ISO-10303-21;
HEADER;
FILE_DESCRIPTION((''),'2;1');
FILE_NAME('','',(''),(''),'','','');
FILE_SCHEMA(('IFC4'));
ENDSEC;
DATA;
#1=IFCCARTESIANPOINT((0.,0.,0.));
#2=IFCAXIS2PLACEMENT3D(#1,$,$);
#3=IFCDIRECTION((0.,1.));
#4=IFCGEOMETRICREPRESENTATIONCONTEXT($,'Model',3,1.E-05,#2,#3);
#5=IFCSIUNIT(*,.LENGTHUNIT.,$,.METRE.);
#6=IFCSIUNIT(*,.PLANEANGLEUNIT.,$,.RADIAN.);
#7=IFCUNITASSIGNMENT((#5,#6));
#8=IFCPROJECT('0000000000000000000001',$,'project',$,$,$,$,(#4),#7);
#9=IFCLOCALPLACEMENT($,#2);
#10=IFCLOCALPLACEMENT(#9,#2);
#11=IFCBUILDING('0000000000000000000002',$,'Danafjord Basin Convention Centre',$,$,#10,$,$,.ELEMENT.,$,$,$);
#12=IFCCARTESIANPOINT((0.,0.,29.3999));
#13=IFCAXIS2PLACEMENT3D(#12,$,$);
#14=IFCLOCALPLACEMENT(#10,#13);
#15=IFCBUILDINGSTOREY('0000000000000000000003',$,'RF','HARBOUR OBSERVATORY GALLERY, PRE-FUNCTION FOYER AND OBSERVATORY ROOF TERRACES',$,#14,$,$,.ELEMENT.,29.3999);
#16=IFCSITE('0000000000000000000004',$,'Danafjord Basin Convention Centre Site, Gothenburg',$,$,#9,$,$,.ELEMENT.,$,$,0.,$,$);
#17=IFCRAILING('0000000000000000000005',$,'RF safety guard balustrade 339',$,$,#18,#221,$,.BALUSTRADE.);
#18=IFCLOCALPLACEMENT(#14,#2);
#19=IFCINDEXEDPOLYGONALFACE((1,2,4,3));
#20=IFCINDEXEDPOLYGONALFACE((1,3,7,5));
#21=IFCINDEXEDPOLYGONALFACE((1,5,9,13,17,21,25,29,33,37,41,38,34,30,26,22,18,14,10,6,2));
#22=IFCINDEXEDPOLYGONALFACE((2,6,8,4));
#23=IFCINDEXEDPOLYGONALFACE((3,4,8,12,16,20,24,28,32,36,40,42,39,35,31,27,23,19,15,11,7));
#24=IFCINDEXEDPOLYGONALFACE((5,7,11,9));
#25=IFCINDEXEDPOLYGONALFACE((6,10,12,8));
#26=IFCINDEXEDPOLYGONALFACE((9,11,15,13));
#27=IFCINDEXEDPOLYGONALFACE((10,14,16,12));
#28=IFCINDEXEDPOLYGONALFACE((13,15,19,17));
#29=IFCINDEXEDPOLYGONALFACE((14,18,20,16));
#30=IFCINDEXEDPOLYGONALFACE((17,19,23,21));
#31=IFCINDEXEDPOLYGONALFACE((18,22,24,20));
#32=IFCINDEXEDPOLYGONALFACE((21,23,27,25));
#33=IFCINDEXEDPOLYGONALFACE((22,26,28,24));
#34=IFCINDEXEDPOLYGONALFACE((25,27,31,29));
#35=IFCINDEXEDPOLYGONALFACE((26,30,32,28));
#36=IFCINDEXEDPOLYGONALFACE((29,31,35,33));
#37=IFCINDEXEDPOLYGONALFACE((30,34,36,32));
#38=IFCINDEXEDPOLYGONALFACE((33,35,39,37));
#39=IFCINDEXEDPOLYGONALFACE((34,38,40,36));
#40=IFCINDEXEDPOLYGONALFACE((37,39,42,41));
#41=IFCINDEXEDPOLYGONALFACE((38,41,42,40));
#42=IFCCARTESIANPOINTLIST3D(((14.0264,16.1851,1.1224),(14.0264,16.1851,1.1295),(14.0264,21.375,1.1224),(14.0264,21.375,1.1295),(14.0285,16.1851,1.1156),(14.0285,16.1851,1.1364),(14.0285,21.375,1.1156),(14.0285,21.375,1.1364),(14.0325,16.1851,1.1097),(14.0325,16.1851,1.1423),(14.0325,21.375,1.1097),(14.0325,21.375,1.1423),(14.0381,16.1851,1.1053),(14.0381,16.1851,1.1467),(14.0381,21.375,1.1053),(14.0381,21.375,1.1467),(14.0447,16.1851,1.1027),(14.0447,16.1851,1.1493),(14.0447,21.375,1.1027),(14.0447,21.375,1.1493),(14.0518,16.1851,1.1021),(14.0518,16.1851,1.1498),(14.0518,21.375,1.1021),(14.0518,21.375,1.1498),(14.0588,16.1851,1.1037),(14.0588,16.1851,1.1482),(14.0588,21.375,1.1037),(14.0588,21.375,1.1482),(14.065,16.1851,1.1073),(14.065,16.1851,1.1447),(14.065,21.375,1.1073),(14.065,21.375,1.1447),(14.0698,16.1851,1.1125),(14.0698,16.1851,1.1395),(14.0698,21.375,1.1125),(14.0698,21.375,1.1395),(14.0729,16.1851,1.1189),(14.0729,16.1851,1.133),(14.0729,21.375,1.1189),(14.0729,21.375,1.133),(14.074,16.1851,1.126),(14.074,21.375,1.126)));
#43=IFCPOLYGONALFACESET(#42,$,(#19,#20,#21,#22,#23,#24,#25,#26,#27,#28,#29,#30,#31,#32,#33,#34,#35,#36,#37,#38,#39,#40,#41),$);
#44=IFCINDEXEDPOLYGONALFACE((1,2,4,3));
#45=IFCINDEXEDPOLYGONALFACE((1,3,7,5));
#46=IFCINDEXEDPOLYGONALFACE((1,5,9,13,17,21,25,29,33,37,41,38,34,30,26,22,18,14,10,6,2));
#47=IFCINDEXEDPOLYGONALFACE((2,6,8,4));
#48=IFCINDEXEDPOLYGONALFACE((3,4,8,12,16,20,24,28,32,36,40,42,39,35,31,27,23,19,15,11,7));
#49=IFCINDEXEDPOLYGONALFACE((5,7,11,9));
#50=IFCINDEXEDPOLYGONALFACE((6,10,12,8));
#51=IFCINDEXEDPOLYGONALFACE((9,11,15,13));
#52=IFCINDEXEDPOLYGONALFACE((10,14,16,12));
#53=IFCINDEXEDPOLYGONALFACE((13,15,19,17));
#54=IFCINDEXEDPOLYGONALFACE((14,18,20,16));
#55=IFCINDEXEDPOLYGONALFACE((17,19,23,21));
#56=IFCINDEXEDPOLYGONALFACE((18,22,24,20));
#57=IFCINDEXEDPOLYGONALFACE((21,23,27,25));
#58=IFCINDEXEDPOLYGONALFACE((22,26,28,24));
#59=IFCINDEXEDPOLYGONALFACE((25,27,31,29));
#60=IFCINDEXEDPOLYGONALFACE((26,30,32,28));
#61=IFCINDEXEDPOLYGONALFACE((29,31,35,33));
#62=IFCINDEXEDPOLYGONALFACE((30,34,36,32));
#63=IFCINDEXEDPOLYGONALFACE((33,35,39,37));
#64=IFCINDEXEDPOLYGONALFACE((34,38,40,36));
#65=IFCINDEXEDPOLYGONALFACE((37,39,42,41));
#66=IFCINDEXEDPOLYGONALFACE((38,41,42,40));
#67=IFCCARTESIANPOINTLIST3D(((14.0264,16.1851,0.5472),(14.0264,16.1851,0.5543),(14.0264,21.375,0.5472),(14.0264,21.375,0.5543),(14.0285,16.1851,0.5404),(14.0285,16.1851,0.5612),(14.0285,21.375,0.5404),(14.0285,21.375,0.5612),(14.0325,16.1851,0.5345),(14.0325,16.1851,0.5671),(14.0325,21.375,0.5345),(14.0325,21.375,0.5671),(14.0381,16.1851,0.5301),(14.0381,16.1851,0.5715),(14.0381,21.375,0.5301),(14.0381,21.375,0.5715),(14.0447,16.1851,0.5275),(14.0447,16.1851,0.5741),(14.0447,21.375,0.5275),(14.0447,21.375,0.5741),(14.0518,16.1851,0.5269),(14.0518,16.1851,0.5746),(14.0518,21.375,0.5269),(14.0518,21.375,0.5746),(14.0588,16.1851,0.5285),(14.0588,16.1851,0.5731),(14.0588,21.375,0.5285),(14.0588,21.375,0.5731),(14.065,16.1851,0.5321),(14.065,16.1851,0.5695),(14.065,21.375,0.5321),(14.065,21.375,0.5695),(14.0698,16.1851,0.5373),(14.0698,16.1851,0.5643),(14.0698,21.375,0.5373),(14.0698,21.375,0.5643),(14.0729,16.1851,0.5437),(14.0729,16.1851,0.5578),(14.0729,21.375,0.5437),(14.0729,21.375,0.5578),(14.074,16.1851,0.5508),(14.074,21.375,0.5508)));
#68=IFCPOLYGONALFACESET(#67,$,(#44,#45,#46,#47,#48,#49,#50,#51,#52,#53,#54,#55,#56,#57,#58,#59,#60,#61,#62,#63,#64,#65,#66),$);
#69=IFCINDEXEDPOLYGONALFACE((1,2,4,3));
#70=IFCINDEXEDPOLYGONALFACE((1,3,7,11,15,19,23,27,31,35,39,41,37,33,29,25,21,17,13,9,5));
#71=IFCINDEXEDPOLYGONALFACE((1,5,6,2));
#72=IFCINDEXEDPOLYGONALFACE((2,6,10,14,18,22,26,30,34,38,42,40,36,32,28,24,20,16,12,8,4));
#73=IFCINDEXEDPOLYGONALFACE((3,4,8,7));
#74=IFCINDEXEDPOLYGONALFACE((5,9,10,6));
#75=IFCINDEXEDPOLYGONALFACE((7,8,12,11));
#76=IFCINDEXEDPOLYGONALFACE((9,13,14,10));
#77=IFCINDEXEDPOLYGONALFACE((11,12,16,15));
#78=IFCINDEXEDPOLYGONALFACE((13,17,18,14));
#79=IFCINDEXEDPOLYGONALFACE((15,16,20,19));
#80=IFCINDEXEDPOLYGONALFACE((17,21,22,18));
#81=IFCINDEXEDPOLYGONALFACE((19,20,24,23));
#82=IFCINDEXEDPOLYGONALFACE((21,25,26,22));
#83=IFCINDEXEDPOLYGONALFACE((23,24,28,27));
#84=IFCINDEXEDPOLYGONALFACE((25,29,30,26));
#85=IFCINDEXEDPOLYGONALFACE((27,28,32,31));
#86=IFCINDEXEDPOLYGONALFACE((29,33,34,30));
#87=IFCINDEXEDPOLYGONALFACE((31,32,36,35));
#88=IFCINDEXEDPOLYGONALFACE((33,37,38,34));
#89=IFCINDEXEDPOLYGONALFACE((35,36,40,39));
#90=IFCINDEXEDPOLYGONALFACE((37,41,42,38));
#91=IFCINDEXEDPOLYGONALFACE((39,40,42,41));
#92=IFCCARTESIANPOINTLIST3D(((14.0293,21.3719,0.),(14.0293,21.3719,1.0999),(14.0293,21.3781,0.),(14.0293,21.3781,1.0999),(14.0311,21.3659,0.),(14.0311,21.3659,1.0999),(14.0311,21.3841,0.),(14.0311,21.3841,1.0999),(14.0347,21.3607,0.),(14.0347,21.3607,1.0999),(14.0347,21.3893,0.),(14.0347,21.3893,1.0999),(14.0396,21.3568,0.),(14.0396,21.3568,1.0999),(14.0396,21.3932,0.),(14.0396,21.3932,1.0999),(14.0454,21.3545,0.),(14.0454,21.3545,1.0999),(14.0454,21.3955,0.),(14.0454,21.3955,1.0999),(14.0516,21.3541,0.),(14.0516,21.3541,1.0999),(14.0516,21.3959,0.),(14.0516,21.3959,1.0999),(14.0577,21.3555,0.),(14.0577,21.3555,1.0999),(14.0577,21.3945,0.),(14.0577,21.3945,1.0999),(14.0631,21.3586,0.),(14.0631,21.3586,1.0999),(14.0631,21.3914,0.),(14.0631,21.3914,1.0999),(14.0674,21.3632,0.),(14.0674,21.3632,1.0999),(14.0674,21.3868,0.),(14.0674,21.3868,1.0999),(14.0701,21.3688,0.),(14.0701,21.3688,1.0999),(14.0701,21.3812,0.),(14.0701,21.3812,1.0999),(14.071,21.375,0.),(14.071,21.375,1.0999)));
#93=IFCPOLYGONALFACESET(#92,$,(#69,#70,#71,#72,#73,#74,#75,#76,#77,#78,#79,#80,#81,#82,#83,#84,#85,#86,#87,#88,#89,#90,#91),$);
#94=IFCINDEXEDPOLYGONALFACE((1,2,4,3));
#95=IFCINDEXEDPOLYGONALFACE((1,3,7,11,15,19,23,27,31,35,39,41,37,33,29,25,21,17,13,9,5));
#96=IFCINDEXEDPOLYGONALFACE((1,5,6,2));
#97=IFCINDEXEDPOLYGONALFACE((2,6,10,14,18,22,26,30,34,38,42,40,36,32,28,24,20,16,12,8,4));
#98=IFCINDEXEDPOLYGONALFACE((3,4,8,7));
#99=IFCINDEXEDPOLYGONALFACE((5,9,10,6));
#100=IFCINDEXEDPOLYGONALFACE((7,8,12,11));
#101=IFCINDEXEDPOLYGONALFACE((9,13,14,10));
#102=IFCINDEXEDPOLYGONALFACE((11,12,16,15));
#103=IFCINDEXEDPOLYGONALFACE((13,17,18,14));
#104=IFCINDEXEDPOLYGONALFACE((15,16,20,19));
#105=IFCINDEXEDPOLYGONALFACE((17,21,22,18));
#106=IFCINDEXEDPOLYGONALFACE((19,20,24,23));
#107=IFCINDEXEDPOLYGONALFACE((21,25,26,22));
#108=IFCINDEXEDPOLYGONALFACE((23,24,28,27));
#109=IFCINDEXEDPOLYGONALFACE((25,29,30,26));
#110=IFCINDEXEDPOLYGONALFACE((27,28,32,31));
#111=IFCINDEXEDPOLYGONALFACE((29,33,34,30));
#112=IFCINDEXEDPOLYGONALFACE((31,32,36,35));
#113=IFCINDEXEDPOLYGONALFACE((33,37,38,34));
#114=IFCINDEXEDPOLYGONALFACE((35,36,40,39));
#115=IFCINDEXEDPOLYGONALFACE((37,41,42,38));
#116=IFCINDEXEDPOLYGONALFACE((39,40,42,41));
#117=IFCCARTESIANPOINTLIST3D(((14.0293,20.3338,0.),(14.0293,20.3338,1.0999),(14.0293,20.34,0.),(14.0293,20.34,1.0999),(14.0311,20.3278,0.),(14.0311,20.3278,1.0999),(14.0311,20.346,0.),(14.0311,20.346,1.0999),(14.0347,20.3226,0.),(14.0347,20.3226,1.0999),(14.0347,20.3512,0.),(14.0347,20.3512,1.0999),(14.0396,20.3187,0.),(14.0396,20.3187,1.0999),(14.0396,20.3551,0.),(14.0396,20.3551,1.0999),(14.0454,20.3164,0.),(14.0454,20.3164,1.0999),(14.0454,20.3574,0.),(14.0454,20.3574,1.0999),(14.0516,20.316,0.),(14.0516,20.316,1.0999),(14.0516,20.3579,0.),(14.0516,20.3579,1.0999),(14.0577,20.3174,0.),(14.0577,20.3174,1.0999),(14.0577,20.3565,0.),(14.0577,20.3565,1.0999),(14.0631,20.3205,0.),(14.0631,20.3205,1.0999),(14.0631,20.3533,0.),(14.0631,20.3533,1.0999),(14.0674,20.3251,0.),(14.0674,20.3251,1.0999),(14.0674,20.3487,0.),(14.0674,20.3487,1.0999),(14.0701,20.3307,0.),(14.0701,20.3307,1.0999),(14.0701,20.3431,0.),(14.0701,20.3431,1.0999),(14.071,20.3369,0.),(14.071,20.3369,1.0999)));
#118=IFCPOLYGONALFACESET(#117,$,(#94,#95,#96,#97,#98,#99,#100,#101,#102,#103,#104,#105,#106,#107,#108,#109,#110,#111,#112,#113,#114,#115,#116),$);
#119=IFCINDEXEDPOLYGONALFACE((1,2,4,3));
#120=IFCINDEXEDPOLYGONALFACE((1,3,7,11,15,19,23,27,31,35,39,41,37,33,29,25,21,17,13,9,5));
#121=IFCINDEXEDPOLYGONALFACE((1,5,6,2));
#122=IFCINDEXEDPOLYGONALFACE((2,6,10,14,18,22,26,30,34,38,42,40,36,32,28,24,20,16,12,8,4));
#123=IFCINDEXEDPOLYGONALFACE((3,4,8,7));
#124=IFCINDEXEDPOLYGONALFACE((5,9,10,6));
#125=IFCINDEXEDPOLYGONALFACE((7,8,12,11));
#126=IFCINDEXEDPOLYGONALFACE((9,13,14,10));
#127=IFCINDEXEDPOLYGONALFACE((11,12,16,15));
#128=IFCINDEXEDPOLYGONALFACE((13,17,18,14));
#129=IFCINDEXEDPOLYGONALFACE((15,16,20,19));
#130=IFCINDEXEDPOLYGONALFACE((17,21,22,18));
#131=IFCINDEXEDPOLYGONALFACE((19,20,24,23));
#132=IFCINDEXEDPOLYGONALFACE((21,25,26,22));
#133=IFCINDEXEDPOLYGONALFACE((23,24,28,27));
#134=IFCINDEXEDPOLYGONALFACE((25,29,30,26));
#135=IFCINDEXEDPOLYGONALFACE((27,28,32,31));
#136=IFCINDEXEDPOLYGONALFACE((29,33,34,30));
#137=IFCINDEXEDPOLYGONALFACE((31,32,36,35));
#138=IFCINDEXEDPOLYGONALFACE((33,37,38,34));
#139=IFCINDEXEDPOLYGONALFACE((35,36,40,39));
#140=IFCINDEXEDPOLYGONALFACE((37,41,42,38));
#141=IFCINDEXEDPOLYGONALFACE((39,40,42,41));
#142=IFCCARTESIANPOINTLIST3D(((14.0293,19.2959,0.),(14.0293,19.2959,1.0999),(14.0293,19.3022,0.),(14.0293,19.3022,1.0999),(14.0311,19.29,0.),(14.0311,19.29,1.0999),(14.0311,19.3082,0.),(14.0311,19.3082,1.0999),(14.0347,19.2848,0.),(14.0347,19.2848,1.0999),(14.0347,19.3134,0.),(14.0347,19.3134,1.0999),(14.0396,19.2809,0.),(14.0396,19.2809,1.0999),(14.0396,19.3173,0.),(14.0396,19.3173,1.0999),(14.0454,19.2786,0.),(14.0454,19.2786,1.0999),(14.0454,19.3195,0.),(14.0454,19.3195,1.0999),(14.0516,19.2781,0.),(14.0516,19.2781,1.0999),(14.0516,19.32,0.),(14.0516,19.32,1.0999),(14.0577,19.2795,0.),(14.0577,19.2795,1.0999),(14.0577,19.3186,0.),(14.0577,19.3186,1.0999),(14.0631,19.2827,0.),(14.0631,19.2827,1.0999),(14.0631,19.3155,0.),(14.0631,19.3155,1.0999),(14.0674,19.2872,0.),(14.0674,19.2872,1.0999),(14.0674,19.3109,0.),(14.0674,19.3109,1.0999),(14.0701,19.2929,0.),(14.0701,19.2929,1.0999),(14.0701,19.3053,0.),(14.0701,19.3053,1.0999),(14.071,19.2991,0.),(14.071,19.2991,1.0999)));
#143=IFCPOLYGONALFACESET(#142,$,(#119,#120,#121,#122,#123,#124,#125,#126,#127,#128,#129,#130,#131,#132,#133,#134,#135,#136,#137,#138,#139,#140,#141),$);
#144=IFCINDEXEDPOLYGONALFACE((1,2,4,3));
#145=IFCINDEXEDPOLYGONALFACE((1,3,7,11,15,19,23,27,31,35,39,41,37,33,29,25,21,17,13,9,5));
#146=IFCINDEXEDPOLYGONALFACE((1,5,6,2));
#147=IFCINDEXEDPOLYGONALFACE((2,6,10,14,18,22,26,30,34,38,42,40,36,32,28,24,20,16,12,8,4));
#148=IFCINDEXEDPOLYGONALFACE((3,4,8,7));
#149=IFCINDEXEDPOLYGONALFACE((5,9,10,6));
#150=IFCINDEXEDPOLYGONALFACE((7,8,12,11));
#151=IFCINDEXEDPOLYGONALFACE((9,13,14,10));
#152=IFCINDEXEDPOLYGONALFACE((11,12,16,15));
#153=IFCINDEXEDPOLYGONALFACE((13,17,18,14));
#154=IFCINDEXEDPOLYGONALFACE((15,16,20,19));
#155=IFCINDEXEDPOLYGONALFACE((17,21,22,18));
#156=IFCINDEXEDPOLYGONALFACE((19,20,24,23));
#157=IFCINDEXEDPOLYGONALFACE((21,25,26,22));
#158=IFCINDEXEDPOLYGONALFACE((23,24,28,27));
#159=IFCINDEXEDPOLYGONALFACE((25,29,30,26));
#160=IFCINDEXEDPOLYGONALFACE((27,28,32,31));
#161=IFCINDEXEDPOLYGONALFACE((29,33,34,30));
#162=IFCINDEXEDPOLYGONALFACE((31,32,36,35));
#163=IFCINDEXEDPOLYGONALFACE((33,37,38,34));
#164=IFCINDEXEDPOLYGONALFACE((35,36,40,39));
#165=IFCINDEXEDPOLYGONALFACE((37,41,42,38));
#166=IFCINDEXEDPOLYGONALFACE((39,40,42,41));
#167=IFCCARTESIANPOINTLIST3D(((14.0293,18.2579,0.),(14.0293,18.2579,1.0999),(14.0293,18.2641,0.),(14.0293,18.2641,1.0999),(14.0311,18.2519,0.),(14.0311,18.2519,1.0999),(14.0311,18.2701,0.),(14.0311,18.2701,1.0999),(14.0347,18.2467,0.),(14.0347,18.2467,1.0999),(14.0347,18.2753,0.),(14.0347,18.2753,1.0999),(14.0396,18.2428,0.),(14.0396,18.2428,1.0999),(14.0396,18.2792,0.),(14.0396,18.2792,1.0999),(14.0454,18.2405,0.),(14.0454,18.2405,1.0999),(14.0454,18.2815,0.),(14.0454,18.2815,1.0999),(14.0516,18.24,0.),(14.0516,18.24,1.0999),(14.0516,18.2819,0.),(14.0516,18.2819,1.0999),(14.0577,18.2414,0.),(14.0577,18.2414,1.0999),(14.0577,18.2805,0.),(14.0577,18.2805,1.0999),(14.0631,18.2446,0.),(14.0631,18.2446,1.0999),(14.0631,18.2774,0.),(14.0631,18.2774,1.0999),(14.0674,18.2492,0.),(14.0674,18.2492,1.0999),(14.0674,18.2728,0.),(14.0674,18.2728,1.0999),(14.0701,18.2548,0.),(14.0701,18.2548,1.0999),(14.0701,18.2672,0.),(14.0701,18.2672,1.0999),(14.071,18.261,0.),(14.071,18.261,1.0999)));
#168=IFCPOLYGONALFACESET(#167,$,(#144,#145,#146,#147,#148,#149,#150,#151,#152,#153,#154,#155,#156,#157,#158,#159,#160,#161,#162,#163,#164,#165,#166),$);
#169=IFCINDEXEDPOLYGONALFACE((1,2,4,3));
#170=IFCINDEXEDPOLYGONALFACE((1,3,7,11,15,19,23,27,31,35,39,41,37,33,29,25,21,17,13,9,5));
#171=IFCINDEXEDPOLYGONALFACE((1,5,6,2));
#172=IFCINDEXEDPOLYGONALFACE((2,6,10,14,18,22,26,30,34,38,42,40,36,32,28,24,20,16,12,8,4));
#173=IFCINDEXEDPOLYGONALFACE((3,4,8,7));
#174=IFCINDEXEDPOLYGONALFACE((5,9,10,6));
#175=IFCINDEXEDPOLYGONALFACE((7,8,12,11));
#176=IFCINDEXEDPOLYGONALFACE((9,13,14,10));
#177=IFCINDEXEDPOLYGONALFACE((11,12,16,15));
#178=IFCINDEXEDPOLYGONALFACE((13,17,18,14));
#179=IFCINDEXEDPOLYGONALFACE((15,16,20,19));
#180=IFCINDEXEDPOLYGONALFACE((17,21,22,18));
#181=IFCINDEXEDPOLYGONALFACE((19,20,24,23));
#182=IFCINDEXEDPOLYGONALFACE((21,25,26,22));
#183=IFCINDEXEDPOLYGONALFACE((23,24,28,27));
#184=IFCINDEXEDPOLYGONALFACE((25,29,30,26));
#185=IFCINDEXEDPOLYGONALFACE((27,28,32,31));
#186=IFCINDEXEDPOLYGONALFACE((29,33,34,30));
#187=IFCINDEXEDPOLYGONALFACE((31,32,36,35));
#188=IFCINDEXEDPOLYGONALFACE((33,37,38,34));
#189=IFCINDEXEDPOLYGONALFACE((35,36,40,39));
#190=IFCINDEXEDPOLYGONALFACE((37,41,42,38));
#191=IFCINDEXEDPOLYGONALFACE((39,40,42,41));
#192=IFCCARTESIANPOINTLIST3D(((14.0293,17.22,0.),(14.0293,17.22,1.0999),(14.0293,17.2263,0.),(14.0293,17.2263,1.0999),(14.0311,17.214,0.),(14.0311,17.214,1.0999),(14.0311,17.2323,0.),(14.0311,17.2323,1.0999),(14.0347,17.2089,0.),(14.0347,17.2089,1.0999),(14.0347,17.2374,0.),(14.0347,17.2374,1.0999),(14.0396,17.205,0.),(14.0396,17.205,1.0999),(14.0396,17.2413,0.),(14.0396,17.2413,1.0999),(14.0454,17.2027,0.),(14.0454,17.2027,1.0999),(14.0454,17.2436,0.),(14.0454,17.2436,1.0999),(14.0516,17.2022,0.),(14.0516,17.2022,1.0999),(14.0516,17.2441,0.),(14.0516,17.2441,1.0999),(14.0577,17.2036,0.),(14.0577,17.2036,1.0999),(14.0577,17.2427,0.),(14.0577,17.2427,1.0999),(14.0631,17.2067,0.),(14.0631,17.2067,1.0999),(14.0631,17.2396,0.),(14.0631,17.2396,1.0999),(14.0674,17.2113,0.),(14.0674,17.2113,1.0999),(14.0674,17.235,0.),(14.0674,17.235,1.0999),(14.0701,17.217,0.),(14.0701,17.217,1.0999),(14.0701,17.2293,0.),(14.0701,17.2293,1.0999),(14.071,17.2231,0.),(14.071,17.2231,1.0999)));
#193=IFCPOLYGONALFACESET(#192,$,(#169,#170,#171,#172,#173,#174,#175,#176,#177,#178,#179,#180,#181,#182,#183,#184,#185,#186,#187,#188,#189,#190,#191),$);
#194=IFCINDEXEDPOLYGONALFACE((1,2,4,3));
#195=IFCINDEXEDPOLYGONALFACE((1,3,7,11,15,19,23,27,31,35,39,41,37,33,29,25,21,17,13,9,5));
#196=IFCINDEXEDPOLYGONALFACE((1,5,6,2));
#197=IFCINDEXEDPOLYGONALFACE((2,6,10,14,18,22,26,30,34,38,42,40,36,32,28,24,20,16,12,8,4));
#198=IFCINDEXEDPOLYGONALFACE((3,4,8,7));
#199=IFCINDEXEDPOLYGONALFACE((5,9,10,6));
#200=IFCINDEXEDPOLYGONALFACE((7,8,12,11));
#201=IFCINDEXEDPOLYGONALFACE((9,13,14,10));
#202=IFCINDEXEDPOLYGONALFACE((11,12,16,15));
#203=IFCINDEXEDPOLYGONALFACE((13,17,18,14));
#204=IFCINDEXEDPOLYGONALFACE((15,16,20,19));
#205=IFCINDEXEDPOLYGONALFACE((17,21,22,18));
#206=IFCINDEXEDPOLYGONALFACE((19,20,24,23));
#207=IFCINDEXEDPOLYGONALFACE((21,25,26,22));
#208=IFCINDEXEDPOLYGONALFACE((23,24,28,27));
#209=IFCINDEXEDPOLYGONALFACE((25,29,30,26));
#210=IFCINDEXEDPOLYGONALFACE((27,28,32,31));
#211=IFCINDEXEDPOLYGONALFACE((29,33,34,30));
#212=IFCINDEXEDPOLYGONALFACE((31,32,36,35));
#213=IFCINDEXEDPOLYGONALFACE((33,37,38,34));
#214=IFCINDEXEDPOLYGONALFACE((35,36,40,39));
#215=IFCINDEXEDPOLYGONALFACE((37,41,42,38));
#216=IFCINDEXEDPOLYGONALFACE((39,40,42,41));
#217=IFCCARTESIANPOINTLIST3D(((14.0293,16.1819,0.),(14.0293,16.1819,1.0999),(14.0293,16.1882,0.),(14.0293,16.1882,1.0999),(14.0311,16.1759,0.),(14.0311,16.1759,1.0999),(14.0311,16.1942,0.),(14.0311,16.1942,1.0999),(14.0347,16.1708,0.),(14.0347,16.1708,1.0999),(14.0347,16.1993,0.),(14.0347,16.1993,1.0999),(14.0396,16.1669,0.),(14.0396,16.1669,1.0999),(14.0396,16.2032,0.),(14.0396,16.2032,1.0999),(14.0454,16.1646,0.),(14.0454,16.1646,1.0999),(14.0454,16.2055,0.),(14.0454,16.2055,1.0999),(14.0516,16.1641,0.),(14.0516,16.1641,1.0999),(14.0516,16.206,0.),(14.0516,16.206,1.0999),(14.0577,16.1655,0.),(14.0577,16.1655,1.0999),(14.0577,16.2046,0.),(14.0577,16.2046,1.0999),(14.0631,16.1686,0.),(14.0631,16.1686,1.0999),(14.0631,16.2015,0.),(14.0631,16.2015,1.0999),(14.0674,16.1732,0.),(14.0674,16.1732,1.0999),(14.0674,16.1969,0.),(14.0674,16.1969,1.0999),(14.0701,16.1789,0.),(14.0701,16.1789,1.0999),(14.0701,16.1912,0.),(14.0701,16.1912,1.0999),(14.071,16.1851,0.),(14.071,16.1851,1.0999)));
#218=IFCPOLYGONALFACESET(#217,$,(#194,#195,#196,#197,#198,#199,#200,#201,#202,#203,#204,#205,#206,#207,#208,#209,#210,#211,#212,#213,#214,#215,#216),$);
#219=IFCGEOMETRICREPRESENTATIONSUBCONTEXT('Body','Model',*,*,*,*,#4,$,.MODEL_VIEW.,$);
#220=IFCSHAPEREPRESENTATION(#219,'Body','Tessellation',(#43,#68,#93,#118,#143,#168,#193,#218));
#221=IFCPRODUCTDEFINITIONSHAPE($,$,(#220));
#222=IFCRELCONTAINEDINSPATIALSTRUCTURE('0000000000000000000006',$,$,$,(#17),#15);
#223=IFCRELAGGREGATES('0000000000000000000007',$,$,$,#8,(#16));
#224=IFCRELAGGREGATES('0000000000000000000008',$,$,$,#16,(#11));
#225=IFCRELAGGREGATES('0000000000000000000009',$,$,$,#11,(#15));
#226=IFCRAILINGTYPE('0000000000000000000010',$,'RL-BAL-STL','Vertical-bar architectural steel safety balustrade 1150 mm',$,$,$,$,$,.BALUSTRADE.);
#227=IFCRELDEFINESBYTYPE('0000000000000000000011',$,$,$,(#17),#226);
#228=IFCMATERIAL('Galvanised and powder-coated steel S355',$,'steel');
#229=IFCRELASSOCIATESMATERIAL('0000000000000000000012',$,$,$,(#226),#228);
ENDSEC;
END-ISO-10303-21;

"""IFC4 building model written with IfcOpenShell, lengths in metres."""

from ifc_helpers import new_model, si_unit, direction, frame, origin, origin_2d, place, context, subcontext, project, spatial, circle, extrude, material, type_object, element, save


model = new_model("IFC4")

# Units and contexts
model_context = context("Model", 3, precision=1e-05, world=origin(), true_north=direction((0.0, 1.0)))
body_context = subcontext(model_context, "Body", "Model", "MODEL_VIEW")
ifc_project = project(units=[si_unit("LENGTHUNIT", "METRE"), si_unit("PLANEANGLEUNIT", "RADIAN")], contexts=[model_context])

# Site, building, storey
site_placement = place(None, origin())
site = spatial("IfcSite", under=ifc_project, at=site_placement, Name="Danafjord Basin Convention Centre Site, Gothenburg", CompositionType="ELEMENT", RefElevation=0.0)
building_placement = place(site_placement, origin())
building = spatial("IfcBuilding", under=site, at=building_placement, Name="Danafjord Basin Convention Centre", CompositionType="ELEMENT")
storey_placement = place(building_placement, frame((0.0, 0.0, 29.3999)))
storey = spatial("IfcBuildingStorey", under=building, at=storey_placement, Name="RF", Description="HARBOUR OBSERVATORY GALLERY, PRE-FUNCTION FOYER AND OBSERVATORY ROOF TERRACES", CompositionType="ELEMENT", Elevation=29.3999)

# Railing
ifc_material_1 = material(Name="Galvanised and powder-coated steel S355", Category="steel")
railing_type_1 = type_object("IfcRailingType", Name="RL-BAL-STL", Description="Vertical-bar architectural steel safety balustrade 1150 mm", PredefinedType="BALUSTRADE", material=ifc_material_1)
railing_1_placement = place(storey_placement, frame((14.05, 21.375, 0.0)))
element("IfcRailing", 1, at=railing_1_placement, inside=storey, type_object=railing_type_1, Name="RF safety guard balustrade 339", PredefinedType="BALUSTRADE", context=body_context, shape_type="SweptSolid", body=[
    extrude(circle(Radius=0.0239, at=origin_2d()), frame((0.0, 0.0, 1.126), z_axis=(0.0, -1.0, 0.0), x_axis=(1.0, 0.0, 0.0)), (0.0, 0.0, 1.0), 5.1899),
    extrude(circle(Radius=0.0239, at=origin_2d()), frame((0.0, 0.0, 0.5508), z_axis=(0.0, -1.0, 0.0), x_axis=(1.0, 0.0, 0.0)), (0.0, 0.0, 1.0), 5.1899),
    extrude(circle(Radius=0.021, at=origin_2d()), origin(), (0.0, 0.0, 1.0), 1.0999),
    extrude(circle(Radius=0.021, at=origin_2d()), frame((0.0, -1.0381, 0.0)), (0.0, 0.0, 1.0), 1.0999),
    extrude(circle(Radius=0.021, at=origin_2d()), frame((0.0, -2.0759, 0.0)), (0.0, 0.0, 1.0), 1.0999),
    extrude(circle(Radius=0.021, at=origin_2d()), frame((0.0, -3.114, 0.0)), (0.0, 0.0, 1.0), 1.0999),
    extrude(circle(Radius=0.021, at=origin_2d()), frame((0.0, -4.1519, 0.0)), (0.0, 0.0, 1.0), 1.0999),
    extrude(circle(Radius=0.021, at=origin_2d()), frame((0.0, -5.1899, 0.0)), (0.0, 0.0, 1.0), 1.0999),
])

save(model, "model.ifc")
